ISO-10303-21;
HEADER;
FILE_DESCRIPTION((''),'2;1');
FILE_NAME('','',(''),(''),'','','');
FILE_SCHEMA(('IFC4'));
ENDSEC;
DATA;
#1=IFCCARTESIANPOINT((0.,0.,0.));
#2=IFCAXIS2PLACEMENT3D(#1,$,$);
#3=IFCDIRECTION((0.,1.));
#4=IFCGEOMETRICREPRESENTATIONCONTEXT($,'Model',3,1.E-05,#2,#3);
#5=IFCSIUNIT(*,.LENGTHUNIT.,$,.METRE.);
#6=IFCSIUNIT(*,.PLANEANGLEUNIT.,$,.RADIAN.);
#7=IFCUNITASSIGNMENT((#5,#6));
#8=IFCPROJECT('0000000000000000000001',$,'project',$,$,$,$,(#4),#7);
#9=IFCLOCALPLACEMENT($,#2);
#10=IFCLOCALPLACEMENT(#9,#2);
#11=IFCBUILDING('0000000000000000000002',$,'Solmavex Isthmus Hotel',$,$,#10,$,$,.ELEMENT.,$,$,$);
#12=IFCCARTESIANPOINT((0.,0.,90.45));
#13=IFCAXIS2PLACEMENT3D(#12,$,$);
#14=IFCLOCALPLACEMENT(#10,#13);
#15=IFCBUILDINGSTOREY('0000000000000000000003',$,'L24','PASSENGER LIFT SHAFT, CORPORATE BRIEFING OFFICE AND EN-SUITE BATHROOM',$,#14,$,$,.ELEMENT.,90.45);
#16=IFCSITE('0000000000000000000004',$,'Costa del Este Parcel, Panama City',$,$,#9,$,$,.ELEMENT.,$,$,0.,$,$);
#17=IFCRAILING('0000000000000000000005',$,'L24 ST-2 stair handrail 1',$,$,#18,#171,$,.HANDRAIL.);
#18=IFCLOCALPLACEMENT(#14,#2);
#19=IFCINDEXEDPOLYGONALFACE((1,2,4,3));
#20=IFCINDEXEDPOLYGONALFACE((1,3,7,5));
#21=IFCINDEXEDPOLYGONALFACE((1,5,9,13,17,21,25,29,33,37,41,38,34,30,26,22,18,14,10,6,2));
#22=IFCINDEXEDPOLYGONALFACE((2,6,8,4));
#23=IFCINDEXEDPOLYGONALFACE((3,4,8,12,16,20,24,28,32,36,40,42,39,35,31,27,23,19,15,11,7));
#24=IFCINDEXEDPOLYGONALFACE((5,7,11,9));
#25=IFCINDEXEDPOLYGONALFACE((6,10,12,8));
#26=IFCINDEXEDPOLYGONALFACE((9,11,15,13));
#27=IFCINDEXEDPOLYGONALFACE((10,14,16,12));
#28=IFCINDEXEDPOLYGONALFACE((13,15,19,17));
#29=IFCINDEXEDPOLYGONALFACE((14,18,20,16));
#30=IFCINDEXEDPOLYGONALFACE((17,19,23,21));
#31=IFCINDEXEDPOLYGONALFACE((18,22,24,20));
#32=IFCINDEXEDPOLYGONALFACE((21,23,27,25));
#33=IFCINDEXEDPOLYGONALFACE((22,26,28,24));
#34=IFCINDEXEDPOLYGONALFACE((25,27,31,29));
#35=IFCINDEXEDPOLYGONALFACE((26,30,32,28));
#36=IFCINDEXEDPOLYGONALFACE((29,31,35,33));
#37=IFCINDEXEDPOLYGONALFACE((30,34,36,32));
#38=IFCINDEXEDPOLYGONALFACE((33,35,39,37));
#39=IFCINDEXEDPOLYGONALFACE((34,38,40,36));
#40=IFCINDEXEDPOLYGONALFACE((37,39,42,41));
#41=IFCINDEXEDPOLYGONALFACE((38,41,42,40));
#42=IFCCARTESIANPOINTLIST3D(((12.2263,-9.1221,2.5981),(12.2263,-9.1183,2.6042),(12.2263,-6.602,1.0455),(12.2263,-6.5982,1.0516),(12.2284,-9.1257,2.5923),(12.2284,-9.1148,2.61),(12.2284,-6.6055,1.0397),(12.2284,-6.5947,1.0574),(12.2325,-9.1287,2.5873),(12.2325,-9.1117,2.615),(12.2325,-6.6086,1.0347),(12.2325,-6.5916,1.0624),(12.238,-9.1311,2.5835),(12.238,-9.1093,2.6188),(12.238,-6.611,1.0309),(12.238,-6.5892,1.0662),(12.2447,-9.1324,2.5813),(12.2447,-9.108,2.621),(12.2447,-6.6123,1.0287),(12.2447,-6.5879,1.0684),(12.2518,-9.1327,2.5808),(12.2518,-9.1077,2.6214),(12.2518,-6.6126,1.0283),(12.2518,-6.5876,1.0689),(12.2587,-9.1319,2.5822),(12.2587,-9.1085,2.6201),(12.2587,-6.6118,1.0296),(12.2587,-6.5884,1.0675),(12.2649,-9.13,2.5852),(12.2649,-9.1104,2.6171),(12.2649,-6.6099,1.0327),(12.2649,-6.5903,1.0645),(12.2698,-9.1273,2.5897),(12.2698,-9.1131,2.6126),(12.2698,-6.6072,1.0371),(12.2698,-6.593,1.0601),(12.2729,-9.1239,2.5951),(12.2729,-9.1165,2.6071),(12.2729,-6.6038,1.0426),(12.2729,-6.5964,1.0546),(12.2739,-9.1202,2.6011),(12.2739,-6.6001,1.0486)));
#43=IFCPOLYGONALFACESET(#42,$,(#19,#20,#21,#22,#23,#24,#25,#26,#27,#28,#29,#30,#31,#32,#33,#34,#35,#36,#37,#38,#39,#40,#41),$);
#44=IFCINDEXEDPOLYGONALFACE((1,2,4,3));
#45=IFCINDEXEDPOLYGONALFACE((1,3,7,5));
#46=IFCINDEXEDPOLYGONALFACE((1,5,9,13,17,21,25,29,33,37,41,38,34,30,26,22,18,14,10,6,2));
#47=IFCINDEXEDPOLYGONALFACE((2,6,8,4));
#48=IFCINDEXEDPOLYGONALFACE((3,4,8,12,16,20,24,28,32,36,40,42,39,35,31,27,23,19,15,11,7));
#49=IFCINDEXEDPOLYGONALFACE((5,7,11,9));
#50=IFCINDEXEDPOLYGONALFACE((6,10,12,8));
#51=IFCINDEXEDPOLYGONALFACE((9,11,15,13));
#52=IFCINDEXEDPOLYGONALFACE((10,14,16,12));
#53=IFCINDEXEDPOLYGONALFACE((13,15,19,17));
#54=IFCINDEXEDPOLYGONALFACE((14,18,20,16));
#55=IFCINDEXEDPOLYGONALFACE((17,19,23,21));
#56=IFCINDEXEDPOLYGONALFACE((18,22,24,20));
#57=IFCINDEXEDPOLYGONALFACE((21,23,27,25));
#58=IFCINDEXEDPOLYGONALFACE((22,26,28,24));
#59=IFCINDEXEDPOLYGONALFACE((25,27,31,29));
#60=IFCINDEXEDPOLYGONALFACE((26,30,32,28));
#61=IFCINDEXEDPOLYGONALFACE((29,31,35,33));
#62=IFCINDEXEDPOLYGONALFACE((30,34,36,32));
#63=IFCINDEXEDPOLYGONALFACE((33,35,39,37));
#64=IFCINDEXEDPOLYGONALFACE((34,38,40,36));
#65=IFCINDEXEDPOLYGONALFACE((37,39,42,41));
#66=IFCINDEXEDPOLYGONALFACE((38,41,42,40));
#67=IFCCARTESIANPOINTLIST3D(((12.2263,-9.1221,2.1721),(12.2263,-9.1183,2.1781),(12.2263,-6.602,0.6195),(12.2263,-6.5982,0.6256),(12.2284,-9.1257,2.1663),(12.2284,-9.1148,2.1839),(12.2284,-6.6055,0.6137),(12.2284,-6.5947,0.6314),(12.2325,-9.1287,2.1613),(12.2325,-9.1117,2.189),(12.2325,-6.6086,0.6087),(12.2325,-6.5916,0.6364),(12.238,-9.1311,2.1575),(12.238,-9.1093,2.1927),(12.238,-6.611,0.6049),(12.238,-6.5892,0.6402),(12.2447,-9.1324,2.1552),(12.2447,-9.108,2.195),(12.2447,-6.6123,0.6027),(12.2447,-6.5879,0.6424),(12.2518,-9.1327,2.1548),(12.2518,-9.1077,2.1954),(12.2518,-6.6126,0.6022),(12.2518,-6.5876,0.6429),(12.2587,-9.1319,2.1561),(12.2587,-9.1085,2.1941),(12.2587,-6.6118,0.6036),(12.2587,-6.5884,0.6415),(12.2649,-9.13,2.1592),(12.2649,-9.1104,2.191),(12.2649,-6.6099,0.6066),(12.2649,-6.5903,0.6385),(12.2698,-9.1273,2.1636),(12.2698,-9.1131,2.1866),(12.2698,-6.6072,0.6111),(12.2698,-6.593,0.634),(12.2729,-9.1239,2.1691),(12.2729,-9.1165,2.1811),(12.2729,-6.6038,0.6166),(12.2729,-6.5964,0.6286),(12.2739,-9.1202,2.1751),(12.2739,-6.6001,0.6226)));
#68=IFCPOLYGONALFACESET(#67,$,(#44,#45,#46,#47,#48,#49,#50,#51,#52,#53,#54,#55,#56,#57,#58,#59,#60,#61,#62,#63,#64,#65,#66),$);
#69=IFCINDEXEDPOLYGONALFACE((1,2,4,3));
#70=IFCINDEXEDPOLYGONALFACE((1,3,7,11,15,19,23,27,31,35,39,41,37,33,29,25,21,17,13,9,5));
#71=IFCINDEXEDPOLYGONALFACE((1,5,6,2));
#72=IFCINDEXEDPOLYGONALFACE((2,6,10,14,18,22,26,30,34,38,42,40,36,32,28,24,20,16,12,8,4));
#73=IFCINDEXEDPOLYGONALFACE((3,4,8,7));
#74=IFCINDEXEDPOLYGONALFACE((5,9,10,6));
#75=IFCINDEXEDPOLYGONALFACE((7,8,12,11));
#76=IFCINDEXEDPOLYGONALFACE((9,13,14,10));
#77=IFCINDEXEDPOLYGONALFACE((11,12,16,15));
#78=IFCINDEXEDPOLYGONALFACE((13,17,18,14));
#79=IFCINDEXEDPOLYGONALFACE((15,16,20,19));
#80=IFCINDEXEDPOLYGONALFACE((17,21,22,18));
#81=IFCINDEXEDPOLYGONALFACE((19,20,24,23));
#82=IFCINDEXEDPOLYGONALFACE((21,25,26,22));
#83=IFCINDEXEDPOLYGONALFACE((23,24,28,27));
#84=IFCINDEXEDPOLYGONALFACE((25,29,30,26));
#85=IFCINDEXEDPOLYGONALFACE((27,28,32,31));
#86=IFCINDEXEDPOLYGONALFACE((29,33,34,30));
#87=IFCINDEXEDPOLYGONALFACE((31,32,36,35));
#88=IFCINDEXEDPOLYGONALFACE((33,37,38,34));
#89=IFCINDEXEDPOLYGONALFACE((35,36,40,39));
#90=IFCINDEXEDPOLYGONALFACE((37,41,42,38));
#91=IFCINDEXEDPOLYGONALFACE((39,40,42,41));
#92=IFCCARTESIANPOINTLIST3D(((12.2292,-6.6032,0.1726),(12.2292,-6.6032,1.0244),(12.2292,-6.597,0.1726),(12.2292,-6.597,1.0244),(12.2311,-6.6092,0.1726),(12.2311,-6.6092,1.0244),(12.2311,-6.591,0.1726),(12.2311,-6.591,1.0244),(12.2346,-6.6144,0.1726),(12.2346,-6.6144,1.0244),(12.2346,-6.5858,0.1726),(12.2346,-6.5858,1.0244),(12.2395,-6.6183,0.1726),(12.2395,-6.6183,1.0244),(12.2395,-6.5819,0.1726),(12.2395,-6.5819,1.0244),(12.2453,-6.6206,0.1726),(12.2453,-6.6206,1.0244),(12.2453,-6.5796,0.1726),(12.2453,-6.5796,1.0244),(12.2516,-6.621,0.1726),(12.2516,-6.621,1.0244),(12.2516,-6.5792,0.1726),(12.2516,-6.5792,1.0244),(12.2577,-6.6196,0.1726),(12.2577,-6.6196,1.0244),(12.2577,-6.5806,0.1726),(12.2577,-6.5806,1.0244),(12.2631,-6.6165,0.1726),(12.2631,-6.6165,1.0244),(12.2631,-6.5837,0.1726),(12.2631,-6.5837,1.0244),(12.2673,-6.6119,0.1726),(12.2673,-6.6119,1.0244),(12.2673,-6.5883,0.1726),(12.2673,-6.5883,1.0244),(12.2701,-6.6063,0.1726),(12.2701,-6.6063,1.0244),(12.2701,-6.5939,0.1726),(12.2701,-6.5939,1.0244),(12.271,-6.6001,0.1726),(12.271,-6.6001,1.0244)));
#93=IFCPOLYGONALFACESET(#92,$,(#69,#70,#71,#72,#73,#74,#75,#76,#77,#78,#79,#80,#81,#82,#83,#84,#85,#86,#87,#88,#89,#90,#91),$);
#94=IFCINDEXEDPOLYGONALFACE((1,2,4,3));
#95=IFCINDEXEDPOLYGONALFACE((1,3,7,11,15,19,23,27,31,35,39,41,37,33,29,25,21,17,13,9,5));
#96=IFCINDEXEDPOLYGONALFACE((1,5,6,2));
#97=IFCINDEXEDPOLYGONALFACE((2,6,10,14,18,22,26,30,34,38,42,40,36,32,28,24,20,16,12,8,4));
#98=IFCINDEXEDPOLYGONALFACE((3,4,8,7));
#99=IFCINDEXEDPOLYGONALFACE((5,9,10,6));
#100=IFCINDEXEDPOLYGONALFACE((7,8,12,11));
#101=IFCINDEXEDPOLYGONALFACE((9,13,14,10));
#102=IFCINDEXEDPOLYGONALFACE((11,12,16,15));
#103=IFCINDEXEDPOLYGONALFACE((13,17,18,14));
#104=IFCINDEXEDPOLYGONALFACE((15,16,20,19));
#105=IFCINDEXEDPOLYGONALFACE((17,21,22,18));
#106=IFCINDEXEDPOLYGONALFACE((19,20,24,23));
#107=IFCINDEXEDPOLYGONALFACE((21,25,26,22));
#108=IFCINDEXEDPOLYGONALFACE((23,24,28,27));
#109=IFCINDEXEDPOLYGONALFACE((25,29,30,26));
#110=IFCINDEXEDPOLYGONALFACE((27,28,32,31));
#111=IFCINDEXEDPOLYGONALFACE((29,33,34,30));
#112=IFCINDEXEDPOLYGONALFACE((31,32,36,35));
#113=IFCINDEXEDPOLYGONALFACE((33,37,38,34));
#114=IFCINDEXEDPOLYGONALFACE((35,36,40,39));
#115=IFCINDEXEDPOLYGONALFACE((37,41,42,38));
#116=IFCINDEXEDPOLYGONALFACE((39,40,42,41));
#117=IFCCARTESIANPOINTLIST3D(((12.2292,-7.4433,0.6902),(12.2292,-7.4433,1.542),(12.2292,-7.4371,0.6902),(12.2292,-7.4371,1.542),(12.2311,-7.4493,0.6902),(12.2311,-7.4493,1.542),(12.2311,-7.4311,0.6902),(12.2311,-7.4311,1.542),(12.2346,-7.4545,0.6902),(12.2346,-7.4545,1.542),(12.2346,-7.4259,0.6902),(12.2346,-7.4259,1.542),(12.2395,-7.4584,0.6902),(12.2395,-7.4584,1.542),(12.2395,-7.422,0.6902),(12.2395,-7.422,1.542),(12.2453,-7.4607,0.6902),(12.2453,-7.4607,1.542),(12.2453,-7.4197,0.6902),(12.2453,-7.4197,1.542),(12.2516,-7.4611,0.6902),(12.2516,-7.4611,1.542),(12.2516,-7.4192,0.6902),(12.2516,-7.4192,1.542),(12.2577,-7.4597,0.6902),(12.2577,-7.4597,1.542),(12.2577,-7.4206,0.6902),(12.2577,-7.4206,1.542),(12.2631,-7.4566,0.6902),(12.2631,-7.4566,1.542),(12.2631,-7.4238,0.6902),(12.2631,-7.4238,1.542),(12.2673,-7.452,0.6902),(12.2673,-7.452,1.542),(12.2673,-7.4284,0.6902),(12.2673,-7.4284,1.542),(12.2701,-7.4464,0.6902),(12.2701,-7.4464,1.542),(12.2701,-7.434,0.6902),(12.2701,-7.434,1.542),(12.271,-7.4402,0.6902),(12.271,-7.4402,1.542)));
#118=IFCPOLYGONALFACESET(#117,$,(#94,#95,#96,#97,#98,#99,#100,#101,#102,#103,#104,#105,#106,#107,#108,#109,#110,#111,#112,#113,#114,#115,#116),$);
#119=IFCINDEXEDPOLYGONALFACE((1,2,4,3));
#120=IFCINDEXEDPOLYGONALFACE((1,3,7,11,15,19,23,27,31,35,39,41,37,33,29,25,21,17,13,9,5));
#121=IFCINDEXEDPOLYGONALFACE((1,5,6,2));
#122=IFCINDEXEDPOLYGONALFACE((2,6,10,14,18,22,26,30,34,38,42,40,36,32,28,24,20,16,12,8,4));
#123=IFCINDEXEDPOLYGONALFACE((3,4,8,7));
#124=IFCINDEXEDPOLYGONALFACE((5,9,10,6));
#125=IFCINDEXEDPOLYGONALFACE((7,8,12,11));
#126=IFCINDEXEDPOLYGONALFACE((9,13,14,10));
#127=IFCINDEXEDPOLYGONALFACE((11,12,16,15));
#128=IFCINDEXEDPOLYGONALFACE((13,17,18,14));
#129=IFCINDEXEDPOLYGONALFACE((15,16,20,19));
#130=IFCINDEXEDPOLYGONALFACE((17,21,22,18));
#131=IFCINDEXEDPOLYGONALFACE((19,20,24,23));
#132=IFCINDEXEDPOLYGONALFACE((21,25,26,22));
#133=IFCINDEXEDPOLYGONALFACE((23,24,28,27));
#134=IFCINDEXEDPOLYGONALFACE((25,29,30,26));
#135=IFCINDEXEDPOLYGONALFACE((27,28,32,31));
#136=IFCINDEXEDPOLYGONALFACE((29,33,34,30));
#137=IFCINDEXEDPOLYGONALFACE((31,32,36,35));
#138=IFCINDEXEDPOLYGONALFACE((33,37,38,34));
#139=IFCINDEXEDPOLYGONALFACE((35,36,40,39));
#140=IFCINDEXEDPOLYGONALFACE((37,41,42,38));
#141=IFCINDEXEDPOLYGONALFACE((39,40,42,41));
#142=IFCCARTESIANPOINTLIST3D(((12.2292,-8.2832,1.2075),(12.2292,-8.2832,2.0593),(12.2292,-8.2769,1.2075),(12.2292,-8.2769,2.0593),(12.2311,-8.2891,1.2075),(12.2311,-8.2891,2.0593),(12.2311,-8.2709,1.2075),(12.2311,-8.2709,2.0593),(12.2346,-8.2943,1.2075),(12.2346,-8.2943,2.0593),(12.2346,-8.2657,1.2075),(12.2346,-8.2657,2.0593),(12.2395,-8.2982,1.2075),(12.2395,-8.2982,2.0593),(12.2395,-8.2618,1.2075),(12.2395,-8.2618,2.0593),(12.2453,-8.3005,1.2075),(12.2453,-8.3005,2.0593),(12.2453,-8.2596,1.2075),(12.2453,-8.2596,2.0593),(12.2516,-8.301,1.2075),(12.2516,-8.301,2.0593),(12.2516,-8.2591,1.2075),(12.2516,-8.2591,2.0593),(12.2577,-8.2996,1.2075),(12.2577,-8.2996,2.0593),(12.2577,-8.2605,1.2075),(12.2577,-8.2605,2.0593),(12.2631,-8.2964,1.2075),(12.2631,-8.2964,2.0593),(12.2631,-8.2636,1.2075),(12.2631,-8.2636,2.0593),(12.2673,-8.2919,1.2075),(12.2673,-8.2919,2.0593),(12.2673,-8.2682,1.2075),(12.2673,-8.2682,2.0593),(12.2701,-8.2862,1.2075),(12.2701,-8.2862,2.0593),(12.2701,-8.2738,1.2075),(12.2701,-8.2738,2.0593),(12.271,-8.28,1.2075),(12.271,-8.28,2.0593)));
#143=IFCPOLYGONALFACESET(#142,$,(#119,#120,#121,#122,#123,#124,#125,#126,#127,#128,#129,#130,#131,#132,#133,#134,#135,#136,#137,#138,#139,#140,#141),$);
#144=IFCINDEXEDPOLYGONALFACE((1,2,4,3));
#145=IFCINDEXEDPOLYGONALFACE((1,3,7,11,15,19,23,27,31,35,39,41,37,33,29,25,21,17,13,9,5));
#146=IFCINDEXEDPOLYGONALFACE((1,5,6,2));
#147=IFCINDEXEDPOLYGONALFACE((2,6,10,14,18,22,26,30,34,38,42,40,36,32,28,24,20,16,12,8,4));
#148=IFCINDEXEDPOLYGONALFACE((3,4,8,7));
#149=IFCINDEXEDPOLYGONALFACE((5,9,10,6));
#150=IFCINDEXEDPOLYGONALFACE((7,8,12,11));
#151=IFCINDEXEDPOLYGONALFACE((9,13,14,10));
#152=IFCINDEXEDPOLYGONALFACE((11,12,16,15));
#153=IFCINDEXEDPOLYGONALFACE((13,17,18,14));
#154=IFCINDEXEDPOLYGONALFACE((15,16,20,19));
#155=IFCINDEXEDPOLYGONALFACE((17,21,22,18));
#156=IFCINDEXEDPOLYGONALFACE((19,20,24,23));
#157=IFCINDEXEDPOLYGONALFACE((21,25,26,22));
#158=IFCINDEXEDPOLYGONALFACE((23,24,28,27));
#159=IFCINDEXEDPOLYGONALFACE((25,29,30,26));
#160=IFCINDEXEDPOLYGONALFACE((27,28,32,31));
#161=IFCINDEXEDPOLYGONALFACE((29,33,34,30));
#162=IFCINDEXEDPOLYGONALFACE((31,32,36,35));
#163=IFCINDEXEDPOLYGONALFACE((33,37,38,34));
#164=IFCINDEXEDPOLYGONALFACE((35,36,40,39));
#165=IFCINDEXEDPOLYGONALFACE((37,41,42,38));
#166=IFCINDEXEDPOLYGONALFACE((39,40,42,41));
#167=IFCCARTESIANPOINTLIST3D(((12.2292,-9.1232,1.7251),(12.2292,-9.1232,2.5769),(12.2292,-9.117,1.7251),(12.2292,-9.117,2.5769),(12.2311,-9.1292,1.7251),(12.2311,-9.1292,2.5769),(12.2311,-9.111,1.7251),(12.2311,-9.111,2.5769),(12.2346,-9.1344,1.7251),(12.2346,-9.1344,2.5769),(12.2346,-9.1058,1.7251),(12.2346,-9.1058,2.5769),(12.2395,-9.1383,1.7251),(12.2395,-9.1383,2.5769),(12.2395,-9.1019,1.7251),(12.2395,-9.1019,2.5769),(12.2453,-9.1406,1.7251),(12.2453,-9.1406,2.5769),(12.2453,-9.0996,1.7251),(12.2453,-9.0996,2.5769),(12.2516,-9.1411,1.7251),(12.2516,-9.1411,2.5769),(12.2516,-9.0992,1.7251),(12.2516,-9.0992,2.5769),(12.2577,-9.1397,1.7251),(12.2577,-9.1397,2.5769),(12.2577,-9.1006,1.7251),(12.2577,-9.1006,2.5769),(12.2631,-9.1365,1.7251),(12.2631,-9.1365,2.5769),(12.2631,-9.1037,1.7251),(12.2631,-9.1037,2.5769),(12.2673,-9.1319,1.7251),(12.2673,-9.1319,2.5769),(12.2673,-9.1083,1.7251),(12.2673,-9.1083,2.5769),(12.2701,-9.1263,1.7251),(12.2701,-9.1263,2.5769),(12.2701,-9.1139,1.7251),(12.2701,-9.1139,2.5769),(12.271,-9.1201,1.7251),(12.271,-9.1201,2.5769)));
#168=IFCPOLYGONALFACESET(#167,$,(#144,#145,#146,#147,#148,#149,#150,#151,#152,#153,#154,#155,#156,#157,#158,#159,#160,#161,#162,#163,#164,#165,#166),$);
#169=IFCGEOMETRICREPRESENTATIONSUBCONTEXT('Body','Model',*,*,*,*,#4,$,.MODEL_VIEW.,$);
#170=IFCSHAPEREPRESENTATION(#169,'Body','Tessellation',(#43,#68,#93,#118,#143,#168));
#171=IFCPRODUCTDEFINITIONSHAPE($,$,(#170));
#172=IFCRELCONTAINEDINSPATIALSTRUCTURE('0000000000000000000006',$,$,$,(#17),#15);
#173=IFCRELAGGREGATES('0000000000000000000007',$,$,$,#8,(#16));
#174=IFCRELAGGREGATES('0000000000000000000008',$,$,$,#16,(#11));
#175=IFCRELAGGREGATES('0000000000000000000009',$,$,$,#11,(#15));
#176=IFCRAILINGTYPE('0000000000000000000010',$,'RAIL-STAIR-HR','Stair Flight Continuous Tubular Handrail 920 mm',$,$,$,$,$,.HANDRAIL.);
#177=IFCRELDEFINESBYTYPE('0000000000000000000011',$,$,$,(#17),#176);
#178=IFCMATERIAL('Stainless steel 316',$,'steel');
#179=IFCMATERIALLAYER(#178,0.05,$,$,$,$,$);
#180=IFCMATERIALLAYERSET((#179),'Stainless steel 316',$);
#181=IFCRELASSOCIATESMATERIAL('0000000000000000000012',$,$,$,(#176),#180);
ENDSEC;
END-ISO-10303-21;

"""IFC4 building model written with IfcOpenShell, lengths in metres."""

from ifc_helpers import new_model, si_unit, direction, frame, origin, origin_2d, place, context, subcontext, project, spatial, circle, extrude, material, layer, layer_set, type_object, element, save


model = new_model("IFC4")

# Units and contexts
model_context = context("Model", 3, precision=1e-05, world=origin(), true_north=direction((0.0, 1.0)))
body_context = subcontext(model_context, "Body", "Model", "MODEL_VIEW")
ifc_project = project(units=[si_unit("LENGTHUNIT", "METRE"), si_unit("PLANEANGLEUNIT", "RADIAN")], contexts=[model_context])

# Site, building, storey
site_placement = place(None, origin())
site = spatial("IfcSite", under=ifc_project, at=site_placement, Name="Costa del Este Parcel, Panama City", CompositionType="ELEMENT", RefElevation=0.0)
building_placement = place(site_placement, origin())
building = spatial("IfcBuilding", under=site, at=building_placement, Name="Solmavex Isthmus Hotel", CompositionType="ELEMENT")
storey_placement = place(building_placement, frame((0.0, 0.0, 90.45)))
storey = spatial("IfcBuildingStorey", under=building, at=storey_placement, Name="L24", Description="PASSENGER LIFT SHAFT, CORPORATE BRIEFING OFFICE AND EN-SUITE BATHROOM", CompositionType="ELEMENT", Elevation=90.45)

# Shared definitions
ifc_material_1 = material(Name="Stainless steel 316", Category="steel")

# Railing
ifc_layer_1 = layer(ifc_material_1, 0.05)
ifc_layer_set_1 = layer_set([ifc_layer_1], Name="Stainless steel 316")
railing_type_1 = type_object("IfcRailingType", Name="RAIL-STAIR-HR", Description="Stair Flight Continuous Tubular Handrail 920 mm", PredefinedType="HANDRAIL", material=ifc_layer_set_1)
railing_1_placement = place(storey_placement, frame((12.25, -6.6001, 0.1726)))
element("IfcRailing", 1, at=railing_1_placement, inside=storey, type_object=railing_type_1, Name="L24 ST-2 stair handrail 1", PredefinedType="HANDRAIL", context=body_context, shape_type="SweptSolid", body=[
    extrude(circle(Radius=0.0239, at=origin_2d()), frame((0.0, 0.0, 0.876), z_axis=(0.0, -0.8514, 0.524516), x_axis=(1.0, 0.0, 0.0)), (0.0, 0.0, 1.0), 2.96),
    extrude(circle(Radius=0.0239, at=origin_2d()), frame((0.0, 0.0, 0.45), z_axis=(0.0, -0.8514, 0.524516), x_axis=(1.0, 0.0, 0.0)), (0.0, 0.0, 1.0), 2.96),
    extrude(circle(Radius=0.021, at=origin_2d()), origin(), (0.0, 0.0, 1.0), 0.8518),
    extrude(circle(Radius=0.021, at=origin_2d()), frame((0.0, -0.8401, 0.5176)), (0.0, 0.0, 1.0), 0.8518),
    extrude(circle(Radius=0.021, at=origin_2d()), frame((0.0, -1.6799, 1.0349)), (0.0, 0.0, 1.0), 0.8518),
    extrude(circle(Radius=0.021, at=origin_2d()), frame((0.0, -2.52, 1.5525)), (0.0, 0.0, 1.0), 0.8518),
])

save(model, "model.ifc")
